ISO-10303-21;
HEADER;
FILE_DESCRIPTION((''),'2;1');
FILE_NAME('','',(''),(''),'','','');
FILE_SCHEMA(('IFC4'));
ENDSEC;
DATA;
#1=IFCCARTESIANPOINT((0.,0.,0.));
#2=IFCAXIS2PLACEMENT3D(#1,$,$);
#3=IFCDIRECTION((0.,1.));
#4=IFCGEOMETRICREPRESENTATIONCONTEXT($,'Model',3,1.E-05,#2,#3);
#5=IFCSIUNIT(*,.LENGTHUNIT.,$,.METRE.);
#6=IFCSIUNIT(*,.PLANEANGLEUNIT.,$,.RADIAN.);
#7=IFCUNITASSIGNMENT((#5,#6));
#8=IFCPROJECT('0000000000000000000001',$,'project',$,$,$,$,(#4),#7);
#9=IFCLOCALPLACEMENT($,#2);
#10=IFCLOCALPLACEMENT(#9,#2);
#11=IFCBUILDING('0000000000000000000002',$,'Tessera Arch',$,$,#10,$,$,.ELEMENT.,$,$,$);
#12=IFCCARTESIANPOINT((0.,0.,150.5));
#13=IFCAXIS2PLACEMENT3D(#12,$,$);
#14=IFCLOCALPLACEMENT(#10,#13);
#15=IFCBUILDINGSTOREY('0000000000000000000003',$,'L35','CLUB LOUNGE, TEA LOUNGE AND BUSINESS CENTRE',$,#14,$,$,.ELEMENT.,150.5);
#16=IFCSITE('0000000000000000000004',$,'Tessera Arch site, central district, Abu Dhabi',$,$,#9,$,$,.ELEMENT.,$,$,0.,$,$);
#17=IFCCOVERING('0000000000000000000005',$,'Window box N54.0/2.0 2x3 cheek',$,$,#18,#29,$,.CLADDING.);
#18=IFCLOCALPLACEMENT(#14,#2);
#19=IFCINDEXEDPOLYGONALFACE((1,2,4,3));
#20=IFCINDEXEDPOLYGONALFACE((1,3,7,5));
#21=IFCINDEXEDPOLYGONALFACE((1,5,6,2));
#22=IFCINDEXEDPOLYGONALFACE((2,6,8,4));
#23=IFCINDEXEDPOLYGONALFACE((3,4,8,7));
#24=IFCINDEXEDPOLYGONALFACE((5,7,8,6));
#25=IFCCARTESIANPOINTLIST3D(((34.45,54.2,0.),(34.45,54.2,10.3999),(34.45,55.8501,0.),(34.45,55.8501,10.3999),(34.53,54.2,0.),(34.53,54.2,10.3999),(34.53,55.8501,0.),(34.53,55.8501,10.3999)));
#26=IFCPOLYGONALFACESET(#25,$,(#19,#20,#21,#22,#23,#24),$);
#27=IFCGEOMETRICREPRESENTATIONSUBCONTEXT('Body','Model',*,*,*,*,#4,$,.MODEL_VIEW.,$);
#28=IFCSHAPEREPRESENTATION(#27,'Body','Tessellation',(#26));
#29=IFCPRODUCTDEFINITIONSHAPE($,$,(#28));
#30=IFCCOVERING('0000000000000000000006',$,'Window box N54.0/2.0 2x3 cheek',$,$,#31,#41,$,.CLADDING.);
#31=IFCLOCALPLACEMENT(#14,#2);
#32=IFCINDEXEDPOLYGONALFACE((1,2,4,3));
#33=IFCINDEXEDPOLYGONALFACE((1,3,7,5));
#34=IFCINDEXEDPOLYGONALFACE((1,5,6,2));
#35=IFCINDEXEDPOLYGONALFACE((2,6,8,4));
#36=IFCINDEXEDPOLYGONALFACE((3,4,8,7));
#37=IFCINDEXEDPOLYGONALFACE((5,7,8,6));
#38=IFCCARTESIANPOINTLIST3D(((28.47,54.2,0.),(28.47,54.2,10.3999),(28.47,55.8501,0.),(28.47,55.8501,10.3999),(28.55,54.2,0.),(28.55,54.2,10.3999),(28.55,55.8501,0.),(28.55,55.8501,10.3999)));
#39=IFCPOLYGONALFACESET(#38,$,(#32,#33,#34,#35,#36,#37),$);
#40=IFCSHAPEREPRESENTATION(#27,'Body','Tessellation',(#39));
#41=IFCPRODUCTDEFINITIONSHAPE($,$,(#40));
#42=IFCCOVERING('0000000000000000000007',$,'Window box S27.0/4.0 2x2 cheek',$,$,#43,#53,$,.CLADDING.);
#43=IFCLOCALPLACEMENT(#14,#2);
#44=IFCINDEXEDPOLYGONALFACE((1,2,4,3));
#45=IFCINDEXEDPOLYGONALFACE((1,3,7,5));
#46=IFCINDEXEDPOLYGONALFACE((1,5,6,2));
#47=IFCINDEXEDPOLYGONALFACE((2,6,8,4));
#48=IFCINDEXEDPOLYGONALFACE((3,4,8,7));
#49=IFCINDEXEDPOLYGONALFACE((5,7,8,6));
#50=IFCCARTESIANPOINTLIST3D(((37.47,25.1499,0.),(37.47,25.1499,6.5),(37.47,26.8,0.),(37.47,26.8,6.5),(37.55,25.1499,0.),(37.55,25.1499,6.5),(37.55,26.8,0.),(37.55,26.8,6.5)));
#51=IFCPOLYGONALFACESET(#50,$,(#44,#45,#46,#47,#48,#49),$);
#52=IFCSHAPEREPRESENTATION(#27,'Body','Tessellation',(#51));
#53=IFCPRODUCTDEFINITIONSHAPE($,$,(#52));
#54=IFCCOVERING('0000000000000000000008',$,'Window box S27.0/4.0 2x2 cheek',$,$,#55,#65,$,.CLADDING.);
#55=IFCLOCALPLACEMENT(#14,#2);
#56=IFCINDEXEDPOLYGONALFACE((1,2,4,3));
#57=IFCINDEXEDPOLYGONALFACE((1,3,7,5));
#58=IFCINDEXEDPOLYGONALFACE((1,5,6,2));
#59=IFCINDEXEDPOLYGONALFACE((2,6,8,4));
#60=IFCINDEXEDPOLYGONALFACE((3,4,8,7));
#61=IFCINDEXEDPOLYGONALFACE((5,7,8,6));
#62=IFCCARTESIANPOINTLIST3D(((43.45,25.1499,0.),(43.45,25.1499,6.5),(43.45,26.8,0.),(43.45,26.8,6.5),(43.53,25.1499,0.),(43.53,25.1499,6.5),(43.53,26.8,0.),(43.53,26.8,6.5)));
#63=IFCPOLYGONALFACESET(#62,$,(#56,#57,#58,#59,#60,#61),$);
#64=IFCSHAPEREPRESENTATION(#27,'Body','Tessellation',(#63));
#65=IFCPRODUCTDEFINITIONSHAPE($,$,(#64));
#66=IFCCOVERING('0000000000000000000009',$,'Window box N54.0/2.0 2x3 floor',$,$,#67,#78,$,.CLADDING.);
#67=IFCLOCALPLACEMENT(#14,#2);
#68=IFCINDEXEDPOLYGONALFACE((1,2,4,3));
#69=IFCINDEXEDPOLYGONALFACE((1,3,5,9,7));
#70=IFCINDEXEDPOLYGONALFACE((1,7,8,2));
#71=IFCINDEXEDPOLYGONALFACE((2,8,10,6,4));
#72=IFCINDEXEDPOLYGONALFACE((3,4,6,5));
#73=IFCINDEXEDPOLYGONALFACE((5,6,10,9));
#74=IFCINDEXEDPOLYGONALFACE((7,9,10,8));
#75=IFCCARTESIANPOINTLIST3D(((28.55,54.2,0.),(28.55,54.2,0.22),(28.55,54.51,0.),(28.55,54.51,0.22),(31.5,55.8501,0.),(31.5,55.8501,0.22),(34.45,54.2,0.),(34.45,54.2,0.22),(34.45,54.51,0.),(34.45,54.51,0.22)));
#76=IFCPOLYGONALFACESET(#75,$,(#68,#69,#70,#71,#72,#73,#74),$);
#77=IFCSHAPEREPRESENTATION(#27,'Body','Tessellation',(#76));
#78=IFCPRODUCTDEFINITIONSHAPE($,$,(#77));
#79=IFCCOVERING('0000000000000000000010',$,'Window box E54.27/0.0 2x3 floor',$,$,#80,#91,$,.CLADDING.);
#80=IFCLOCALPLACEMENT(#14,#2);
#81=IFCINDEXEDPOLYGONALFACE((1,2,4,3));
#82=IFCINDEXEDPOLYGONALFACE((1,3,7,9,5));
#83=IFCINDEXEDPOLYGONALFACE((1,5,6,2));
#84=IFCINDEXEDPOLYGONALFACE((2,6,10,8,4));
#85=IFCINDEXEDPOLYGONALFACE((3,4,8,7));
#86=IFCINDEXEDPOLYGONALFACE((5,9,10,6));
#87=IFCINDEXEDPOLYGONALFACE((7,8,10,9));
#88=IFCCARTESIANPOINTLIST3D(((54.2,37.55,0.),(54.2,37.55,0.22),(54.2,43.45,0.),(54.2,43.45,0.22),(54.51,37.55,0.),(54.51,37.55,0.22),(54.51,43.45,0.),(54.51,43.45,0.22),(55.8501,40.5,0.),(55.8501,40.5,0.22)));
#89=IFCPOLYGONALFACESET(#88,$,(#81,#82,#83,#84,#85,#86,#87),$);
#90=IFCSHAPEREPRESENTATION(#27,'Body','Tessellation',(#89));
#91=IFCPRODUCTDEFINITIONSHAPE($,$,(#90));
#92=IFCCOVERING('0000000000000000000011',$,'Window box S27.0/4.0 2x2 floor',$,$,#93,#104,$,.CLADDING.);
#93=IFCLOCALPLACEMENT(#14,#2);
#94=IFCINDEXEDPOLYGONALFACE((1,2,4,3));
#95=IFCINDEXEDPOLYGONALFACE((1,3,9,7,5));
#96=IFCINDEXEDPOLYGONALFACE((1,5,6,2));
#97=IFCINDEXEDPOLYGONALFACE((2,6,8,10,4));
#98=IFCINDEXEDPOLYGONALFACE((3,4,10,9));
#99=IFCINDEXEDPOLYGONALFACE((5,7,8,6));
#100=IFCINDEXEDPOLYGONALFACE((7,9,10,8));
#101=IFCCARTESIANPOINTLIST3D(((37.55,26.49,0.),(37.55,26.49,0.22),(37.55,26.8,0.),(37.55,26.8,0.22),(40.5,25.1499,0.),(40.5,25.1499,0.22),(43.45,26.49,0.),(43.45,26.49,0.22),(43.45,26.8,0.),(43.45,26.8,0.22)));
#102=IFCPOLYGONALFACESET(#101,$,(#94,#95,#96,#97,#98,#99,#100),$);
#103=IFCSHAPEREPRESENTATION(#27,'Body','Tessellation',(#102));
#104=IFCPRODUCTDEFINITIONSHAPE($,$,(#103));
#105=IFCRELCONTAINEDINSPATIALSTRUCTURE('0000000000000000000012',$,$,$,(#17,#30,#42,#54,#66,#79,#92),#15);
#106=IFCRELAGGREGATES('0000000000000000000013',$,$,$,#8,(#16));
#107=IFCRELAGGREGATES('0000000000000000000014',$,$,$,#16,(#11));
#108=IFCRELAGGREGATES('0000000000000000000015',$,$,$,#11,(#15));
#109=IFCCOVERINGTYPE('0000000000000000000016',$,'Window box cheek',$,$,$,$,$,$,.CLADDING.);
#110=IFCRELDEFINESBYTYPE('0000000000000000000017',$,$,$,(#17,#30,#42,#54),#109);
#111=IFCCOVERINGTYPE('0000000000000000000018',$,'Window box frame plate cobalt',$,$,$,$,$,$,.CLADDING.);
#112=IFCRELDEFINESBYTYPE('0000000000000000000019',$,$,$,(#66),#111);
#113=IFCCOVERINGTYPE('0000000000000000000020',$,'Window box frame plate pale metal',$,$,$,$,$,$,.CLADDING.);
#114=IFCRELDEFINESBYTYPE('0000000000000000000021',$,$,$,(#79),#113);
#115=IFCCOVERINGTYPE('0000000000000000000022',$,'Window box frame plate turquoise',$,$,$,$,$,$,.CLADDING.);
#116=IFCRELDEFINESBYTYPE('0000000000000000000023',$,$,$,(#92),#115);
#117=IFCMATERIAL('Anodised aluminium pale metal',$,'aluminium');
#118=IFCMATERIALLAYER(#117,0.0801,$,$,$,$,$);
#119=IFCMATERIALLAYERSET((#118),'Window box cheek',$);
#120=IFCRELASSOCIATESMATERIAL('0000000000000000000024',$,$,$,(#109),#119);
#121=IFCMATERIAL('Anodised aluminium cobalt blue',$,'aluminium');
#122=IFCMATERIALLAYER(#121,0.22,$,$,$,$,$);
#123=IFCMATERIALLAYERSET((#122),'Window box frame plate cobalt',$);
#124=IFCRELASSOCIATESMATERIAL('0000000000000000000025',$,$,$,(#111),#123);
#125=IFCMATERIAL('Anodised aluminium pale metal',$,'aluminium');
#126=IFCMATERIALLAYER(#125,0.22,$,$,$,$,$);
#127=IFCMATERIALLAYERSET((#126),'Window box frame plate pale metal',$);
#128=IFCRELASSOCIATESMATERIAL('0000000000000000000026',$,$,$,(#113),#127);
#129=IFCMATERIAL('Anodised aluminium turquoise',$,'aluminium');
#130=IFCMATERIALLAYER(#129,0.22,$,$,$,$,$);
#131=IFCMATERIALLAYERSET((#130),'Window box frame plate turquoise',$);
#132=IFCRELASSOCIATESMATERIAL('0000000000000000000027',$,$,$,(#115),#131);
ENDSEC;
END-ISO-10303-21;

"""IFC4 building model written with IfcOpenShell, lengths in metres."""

from ifc_helpers import new_model, si_unit, direction, frame, origin, place, context, subcontext, project, spatial, polyline, outline, extrude, material, layer, layer_set, type_object, element, save


model = new_model("IFC4")

# Units and contexts
model_context = context("Model", 3, precision=1e-05, world=origin(), true_north=direction((0.0, 1.0)))
body_context = subcontext(model_context, "Body", "Model", "MODEL_VIEW")
ifc_project = project(units=[si_unit("LENGTHUNIT", "METRE"), si_unit("PLANEANGLEUNIT", "RADIAN")], contexts=[model_context])

# Site, building, storey
site_placement = place(None, origin())
site = spatial("IfcSite", under=ifc_project, at=site_placement, Name="Tessera Arch site, central district, Abu Dhabi", CompositionType="ELEMENT", RefElevation=0.0)
building_placement = place(site_placement, origin())
building = spatial("IfcBuilding", under=site, at=building_placement, Name="Tessera Arch", CompositionType="ELEMENT")
storey_placement = place(building_placement, frame((0.0, 0.0, 150.5)))
storey = spatial("IfcBuildingStorey", under=building, at=storey_placement, Name="L35", Description="CLUB LOUNGE, TEA LOUNGE AND BUSINESS CENTRE", CompositionType="ELEMENT", Elevation=150.5)

# Coverings
ifc_material_1 = material(Name="Anodised aluminium pale metal", Category="aluminium")
ifc_layer_1 = layer(ifc_material_1, 0.0801)
ifc_layer_set_1 = layer_set([ifc_layer_1], Name="Window box cheek")
covering_type_1 = type_object("IfcCoveringType", Name="Window box cheek", PredefinedType="CLADDING", material=ifc_layer_set_1)
covering_1_placement = place(storey_placement, origin())
element("IfcCovering", 1, at=covering_1_placement, inside=storey, type_object=covering_type_1, Name="Window box N54.0/2.0 2x3 cheek", PredefinedType="CLADDING", context=body_context, shape_type="SweptSolid", body=[
    extrude(outline(polyline([(34.53, 55.8501), (34.45, 55.8501), (34.45, 54.2), (34.53, 54.2), (34.53, 55.8501)])), origin(), (0.0, 0.0, 1.0), 10.3999),
])
covering_2_placement = place(storey_placement, origin())
element("IfcCovering", 2, at=covering_2_placement, inside=storey, type_object=covering_type_1, Name="Window box N54.0/2.0 2x3 cheek", PredefinedType="CLADDING", context=body_context, shape_type="SweptSolid", body=[
    extrude(outline(polyline([(28.55, 55.8501), (28.47, 55.8501), (28.47, 54.2), (28.55, 54.2), (28.55, 55.8501)])), origin(), (0.0, 0.0, 1.0), 10.3999),
])
covering_3_placement = place(storey_placement, origin())
element("IfcCovering", 3, at=covering_3_placement, inside=storey, type_object=covering_type_1, Name="Window box S27.0/4.0 2x2 cheek", PredefinedType="CLADDING", context=body_context, shape_type="SweptSolid", body=[
    extrude(outline(polyline([(37.47, 25.1499), (37.55, 25.1499), (37.55, 26.8), (37.47, 26.8), (37.47, 25.1499)])), origin(), (0.0, 0.0, 1.0), 6.5),
])
covering_4_placement = place(storey_placement, origin())
element("IfcCovering", 4, at=covering_4_placement, inside=storey, type_object=covering_type_1, Name="Window box S27.0/4.0 2x2 cheek", PredefinedType="CLADDING", context=body_context, shape_type="SweptSolid", body=[
    extrude(outline(polyline([(43.45, 25.1499), (43.53, 25.1499), (43.53, 26.8), (43.45, 26.8), (43.45, 25.1499)])), origin(), (0.0, 0.0, 1.0), 6.5),
])
ifc_material_2 = material(Name="Anodised aluminium cobalt blue", Category="aluminium")
ifc_layer_2 = layer(ifc_material_2, 0.22)
ifc_layer_set_2 = layer_set([ifc_layer_2], Name="Window box frame plate cobalt")
covering_type_2 = type_object("IfcCoveringType", Name="Window box frame plate cobalt", PredefinedType="CLADDING", material=ifc_layer_set_2)
covering_5_placement = place(storey_placement, origin())
element("IfcCovering", 5, at=covering_5_placement, inside=storey, type_object=covering_type_2, Name="Window box N54.0/2.0 2x3 floor", PredefinedType="CLADDING", context=body_context, shape_type="SweptSolid", body=[
    extrude(outline(polyline([(34.45, 54.51), (31.5, 55.8501), (28.55, 54.51), (28.55, 54.2), (34.45, 54.2), (34.45, 54.51)])), origin(), (0.0, 0.0, 1.0), 0.22),
])
ifc_material_3 = material(Name="Anodised aluminium pale metal", Category="aluminium")
ifc_layer_3 = layer(ifc_material_3, 0.22)
ifc_layer_set_3 = layer_set([ifc_layer_3], Name="Window box frame plate pale metal")
covering_type_3 = type_object("IfcCoveringType", Name="Window box frame plate pale metal", PredefinedType="CLADDING", material=ifc_layer_set_3)
covering_6_placement = place(storey_placement, origin())
element("IfcCovering", 6, at=covering_6_placement, inside=storey, type_object=covering_type_3, Name="Window box E54.27/0.0 2x3 floor", PredefinedType="CLADDING", context=body_context, shape_type="SweptSolid", body=[
    extrude(outline(polyline([(54.51, 37.55), (55.8501, 40.5), (54.51, 43.45), (54.2, 43.45), (54.2, 37.55), (54.51, 37.55)])), origin(), (0.0, 0.0, 1.0), 0.22),
])
ifc_material_4 = material(Name="Anodised aluminium turquoise", Category="aluminium")
ifc_layer_4 = layer(ifc_material_4, 0.22)
ifc_layer_set_4 = layer_set([ifc_layer_4], Name="Window box frame plate turquoise")
covering_type_4 = type_object("IfcCoveringType", Name="Window box frame plate turquoise", PredefinedType="CLADDING", material=ifc_layer_set_4)
covering_7_placement = place(storey_placement, origin())
element("IfcCovering", 7, at=covering_7_placement, inside=storey, type_object=covering_type_4, Name="Window box S27.0/4.0 2x2 floor", PredefinedType="CLADDING", context=body_context, shape_type="SweptSolid", body=[
    extrude(outline(polyline([(37.55, 26.49), (40.5, 25.1499), (43.45, 26.49), (43.45, 26.8), (37.55, 26.8), (37.55, 26.49)])), origin(), (0.0, 0.0, 1.0), 0.22),
])

save(model, "model.ifc")
